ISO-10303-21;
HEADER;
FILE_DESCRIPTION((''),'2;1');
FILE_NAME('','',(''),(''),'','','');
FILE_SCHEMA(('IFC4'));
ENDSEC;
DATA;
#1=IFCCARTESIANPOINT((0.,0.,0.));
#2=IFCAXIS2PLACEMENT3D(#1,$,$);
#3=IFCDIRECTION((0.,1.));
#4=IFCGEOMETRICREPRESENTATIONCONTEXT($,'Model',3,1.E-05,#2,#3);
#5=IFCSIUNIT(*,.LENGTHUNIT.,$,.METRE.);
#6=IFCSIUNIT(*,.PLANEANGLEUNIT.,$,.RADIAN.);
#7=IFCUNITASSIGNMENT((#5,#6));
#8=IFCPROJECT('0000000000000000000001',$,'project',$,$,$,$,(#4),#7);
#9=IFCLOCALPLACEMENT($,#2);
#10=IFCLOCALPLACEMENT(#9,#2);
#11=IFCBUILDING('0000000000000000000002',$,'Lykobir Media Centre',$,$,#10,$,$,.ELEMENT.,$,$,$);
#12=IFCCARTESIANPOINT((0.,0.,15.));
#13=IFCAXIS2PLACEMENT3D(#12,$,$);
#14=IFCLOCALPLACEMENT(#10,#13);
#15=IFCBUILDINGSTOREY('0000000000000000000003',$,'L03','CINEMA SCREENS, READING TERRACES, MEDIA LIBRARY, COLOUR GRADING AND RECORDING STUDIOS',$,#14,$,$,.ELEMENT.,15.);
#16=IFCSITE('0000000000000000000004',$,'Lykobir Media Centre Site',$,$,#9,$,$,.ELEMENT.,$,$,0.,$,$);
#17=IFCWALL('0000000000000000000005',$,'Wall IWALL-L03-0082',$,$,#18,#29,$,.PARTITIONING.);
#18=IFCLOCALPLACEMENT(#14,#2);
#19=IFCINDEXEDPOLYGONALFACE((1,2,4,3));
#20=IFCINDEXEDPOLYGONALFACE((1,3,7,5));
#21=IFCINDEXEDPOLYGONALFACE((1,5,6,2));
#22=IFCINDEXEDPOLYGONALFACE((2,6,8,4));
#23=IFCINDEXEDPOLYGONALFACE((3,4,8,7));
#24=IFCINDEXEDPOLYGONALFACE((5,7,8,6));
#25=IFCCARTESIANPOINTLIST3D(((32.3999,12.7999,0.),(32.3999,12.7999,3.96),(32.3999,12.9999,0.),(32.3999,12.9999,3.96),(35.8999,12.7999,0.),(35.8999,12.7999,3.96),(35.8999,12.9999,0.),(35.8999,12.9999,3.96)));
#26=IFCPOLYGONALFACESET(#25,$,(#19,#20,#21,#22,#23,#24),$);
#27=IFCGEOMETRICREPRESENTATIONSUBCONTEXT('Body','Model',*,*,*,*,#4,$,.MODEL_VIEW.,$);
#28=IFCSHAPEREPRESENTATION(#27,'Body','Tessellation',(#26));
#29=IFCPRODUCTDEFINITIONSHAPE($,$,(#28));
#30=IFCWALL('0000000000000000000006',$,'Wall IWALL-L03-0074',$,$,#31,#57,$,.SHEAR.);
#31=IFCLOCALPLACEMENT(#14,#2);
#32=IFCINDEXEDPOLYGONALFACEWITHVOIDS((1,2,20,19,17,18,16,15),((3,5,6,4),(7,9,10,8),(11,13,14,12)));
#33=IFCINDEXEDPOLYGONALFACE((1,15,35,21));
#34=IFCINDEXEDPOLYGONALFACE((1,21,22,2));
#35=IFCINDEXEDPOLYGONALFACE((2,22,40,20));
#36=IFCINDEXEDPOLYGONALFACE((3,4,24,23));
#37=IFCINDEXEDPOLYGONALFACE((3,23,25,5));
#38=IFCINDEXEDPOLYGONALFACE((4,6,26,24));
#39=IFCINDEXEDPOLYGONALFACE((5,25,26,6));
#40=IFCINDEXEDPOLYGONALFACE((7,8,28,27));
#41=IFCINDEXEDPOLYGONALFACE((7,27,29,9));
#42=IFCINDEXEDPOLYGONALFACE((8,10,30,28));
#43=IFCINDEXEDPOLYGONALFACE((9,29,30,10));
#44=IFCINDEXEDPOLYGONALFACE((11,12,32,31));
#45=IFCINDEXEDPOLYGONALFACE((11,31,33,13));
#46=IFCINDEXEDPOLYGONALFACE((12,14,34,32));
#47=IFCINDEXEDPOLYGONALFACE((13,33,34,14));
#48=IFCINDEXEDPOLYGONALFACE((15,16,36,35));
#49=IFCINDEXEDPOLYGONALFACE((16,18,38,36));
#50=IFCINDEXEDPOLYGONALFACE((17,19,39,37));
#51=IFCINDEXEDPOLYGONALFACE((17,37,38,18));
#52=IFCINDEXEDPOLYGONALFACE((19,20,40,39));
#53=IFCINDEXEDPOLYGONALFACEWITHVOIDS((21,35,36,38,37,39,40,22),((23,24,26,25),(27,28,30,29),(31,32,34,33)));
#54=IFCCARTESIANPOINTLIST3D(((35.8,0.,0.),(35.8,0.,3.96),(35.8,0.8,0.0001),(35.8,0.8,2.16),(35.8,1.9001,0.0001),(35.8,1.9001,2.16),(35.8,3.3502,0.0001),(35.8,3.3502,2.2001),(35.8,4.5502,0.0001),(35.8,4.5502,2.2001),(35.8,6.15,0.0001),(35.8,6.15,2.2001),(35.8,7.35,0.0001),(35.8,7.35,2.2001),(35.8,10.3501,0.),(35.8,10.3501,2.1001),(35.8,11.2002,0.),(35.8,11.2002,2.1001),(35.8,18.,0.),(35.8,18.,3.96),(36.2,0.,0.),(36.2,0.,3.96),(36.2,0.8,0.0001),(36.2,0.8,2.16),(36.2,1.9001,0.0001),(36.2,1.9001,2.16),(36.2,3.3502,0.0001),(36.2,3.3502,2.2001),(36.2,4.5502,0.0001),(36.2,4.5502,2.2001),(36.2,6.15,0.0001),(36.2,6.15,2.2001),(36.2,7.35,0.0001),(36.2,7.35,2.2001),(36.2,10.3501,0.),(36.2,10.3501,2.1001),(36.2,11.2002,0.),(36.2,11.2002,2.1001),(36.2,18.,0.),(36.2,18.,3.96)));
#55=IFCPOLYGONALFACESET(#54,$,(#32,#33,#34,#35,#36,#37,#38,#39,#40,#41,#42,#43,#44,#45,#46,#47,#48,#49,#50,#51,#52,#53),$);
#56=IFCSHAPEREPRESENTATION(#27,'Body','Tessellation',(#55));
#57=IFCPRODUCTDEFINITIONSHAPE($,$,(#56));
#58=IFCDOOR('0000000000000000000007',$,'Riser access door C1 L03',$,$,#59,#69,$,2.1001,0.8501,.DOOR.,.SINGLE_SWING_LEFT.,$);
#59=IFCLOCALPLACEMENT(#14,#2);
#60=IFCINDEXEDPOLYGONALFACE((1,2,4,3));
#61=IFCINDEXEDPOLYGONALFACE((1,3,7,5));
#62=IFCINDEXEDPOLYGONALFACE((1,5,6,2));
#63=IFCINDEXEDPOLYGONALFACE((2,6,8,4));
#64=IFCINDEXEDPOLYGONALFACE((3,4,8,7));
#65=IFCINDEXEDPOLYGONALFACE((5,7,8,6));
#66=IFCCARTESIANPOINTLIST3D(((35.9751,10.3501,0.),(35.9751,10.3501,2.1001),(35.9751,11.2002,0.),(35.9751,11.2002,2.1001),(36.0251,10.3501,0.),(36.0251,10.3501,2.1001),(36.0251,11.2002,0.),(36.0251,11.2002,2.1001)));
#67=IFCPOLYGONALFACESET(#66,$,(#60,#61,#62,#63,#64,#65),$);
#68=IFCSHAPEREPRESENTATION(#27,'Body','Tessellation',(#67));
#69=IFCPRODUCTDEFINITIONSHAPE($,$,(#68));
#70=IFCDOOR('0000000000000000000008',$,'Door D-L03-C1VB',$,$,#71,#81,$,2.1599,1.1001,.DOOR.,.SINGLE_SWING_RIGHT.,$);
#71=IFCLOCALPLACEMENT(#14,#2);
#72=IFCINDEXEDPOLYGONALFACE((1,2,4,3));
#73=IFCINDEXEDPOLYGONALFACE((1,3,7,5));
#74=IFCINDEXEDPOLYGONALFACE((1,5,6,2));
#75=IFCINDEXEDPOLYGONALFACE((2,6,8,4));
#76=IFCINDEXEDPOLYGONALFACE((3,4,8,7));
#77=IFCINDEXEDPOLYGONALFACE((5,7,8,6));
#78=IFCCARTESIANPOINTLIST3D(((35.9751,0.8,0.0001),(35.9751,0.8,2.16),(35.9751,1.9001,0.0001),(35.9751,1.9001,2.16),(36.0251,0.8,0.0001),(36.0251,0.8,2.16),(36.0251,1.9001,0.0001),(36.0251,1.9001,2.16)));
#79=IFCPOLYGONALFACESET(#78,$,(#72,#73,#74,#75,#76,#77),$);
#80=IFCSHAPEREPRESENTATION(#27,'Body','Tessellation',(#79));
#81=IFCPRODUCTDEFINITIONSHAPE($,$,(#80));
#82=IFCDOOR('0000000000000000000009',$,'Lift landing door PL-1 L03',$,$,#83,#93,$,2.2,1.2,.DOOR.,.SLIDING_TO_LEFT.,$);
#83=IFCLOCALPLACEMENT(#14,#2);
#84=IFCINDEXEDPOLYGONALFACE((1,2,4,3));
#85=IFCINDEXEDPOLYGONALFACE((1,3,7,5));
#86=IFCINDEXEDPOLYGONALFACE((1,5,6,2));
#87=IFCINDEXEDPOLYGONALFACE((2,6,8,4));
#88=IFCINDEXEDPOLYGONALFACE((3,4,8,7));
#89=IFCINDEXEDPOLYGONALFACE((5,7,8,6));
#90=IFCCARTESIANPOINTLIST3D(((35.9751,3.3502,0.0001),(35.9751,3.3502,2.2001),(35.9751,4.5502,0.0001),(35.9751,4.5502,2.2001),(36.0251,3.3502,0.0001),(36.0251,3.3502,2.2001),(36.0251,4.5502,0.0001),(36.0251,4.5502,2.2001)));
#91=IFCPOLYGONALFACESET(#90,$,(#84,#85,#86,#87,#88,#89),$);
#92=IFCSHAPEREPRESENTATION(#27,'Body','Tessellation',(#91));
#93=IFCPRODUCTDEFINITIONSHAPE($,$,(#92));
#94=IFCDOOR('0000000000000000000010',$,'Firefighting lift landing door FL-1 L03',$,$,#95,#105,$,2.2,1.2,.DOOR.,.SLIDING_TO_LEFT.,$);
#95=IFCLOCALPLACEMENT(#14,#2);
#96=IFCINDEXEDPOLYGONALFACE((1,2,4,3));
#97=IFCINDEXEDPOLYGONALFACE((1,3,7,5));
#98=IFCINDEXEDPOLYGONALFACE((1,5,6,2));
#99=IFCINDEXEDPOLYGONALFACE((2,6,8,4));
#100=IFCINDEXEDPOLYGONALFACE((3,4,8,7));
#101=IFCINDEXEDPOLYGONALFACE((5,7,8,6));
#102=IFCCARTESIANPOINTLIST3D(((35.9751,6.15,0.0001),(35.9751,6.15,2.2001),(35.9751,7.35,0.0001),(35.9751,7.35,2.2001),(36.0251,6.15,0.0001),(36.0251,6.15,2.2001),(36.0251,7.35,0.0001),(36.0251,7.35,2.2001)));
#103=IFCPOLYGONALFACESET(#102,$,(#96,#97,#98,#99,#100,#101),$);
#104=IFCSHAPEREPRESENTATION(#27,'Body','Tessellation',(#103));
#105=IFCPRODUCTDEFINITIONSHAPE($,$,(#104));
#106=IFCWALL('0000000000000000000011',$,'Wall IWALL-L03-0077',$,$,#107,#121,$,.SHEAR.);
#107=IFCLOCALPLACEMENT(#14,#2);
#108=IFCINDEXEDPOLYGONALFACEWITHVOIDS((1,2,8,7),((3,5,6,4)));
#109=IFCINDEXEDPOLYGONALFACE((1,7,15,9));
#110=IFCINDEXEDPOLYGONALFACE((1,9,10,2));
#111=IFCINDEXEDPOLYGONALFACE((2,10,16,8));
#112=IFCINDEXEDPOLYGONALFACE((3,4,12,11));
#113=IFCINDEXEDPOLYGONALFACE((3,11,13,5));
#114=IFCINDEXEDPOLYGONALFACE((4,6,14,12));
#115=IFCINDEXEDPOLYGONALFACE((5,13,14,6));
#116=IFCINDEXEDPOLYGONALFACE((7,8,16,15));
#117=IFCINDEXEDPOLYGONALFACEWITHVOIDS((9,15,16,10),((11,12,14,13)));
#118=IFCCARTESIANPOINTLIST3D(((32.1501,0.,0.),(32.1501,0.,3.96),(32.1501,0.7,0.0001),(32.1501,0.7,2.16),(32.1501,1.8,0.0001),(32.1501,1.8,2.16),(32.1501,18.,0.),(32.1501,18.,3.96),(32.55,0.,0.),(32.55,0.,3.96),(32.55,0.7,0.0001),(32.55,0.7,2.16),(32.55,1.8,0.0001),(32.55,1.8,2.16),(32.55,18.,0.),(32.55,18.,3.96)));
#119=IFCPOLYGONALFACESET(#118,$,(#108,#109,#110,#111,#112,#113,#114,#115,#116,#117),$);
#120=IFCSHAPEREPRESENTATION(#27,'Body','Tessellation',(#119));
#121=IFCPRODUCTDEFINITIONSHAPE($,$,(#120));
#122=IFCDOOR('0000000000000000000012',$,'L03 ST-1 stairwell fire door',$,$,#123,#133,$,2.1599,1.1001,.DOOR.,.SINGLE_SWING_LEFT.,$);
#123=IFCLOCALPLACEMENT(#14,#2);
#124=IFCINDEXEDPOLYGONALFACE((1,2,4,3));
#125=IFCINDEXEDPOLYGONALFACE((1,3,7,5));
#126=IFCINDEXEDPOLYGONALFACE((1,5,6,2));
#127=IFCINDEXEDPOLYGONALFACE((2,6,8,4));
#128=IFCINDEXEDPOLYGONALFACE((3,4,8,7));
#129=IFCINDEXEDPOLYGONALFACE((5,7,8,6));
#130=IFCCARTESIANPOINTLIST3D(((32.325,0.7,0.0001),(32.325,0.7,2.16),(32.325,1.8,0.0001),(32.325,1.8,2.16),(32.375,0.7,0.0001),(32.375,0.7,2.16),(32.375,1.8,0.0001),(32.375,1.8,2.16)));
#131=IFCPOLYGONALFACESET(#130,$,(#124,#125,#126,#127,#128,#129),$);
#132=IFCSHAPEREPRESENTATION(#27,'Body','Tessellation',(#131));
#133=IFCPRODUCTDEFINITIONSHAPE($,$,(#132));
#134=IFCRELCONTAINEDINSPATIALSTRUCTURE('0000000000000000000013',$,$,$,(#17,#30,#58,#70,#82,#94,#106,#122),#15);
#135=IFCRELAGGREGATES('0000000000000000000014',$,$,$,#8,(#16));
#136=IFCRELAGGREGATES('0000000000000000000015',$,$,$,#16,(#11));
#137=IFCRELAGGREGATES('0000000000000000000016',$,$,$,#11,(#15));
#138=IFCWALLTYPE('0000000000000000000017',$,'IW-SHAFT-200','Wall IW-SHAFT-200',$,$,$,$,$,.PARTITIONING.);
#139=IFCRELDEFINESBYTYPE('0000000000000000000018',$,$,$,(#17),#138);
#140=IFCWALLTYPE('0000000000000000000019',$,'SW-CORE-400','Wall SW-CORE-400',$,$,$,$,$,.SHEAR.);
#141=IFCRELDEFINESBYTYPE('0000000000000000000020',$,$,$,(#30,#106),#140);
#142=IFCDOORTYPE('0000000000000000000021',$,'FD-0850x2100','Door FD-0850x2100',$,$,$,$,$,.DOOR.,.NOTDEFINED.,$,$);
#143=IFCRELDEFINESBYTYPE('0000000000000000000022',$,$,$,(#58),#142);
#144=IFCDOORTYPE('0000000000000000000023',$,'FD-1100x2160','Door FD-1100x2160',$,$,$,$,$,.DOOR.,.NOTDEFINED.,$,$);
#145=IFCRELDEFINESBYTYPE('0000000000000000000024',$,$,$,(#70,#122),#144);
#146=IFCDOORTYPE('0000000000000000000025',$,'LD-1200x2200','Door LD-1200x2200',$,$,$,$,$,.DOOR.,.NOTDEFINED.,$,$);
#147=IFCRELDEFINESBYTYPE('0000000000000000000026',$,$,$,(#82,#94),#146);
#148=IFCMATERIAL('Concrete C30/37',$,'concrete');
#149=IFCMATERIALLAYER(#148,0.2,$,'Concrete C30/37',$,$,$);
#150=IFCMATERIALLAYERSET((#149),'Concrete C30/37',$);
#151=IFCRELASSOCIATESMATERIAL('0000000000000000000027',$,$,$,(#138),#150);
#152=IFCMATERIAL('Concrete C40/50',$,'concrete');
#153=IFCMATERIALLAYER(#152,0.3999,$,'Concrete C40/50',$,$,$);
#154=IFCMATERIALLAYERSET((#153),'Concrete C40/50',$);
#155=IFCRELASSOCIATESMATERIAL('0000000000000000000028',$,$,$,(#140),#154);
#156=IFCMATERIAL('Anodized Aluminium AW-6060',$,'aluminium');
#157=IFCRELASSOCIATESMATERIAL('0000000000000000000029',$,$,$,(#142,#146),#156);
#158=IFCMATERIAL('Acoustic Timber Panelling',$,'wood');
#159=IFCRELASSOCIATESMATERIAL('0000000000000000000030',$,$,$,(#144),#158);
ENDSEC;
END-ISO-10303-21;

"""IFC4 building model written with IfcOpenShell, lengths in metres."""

from ifc_helpers import new_model, si_unit, direction, frame, frame_2d, origin, place, context, subcontext, project, spatial, rectangle, extrude, material, layer, layer_set, type_object, element, fill, save


model = new_model("IFC4")

# Units and contexts
model_context = context("Model", 3, precision=1e-05, world=origin(), true_north=direction((0.0, 1.0)))
body_context = subcontext(model_context, "Body", "Model", "MODEL_VIEW")
ifc_project = project(units=[si_unit("LENGTHUNIT", "METRE"), si_unit("PLANEANGLEUNIT", "RADIAN")], contexts=[model_context])

# Site, building, storey
site_placement = place(None, origin())
site = spatial("IfcSite", under=ifc_project, at=site_placement, Name="Lykobir Media Centre Site", CompositionType="ELEMENT", RefElevation=0.0)
building_placement = place(site_placement, origin())
building = spatial("IfcBuilding", under=site, at=building_placement, Name="Lykobir Media Centre", CompositionType="ELEMENT")
storey_placement = place(building_placement, frame((0.0, 0.0, 15.0)))
storey = spatial("IfcBuildingStorey", under=building, at=storey_placement, Name="L03", Description="CINEMA SCREENS, READING TERRACES, MEDIA LIBRARY, COLOUR GRADING AND RECORDING STUDIOS", CompositionType="ELEMENT", Elevation=15.0)

# Shared definitions
ifc_material_1 = material(Name="Concrete C40/50", Category="concrete")

# Wall
ifc_material_2 = material(Name="Concrete C30/37", Category="concrete")
ifc_layer_1 = layer(ifc_material_2, 0.2, Name="Concrete C30/37")
ifc_layer_set_1 = layer_set([ifc_layer_1], Name="Concrete C30/37")
wall_type_1 = type_object("IfcWallType", Name="IW-SHAFT-200", Description="Wall IW-SHAFT-200", PredefinedType="PARTITIONING", material=ifc_layer_set_1)
for number, where, z_axis, x_axis, name in (
    (1, (32.3999, 12.8999, 0.0), (0.0, 0.0, 1.0), (1.0, 0.0, 0.0), "Wall IWALL-L03-0082"),
):
    element("IfcWall", number, at=place(storey_placement, frame(where, z_axis=z_axis, x_axis=x_axis)), inside=storey, type_object=wall_type_1, Name=name, PredefinedType="PARTITIONING", context=body_context, shape_type="SweptSolid", body=[
        extrude(rectangle(XDim=3.5, YDim=0.2, at=frame_2d((1.75, 0.0))), origin(), (0.0, 0.0, 1.0), 3.96),
    ])

# Wall, openings, doors
ifc_layer_2 = layer(ifc_material_1, 0.3999, Name="Concrete C40/50")
ifc_layer_set_2 = layer_set([ifc_layer_2], Name="Concrete C40/50")
wall_type_2 = type_object("IfcWallType", Name="SW-CORE-400", Description="Wall SW-CORE-400", PredefinedType="SHEAR", material=ifc_layer_set_2)
wall_1_placement = place(storey_placement, frame((36.0, 0.0, 0.0), z_axis=(0.0, 0.0, 1.0), x_axis=(0.0, 1.0, 0.0)))
wall_1 = element("IfcWall", 2, at=wall_1_placement, inside=storey, type_object=wall_type_2, Name="Wall IWALL-L03-0074", PredefinedType="SHEAR", context=body_context, shape_type="SweptSolid", body=[
    extrude(rectangle(XDim=18.0, YDim=0.3999, at=frame_2d((9.0, 0.0))), origin(), (0.0, 0.0, 1.0), 3.96),
])
opening_1_placement = place(wall_1_placement, frame((0.8, 0.0, 0.0)))
opening_1 = element("IfcOpeningElement", 3, at=opening_1_placement, cuts=wall_1, PredefinedType="OPENING", context=body_context, shape_type="SweptSolid", body=[
    extrude(rectangle(XDim=1.1001, YDim=2.1599, at=frame_2d((0.55, 1.0801))), frame((0.0, 0.21, 0.0), z_axis=(0.0, -1.0, 0.0), x_axis=(1.0, 0.0, 0.0)), (0.0, 0.0, 1.0), 0.4199),
])
opening_2_placement = place(wall_1_placement, frame((3.3501, 0.0, 0.0)))
opening_2 = element("IfcOpeningElement", 4, at=opening_2_placement, cuts=wall_1, PredefinedType="OPENING", context=body_context, shape_type="SweptSolid", body=[
    extrude(rectangle(XDim=1.2, YDim=2.2, at=frame_2d((0.6001, 1.1001))), frame((0.0, 0.21, 0.0), z_axis=(0.0, -1.0, 0.0), x_axis=(1.0, 0.0, 0.0)), (0.0, 0.0, 1.0), 0.4199),
])
opening_3_placement = place(wall_1_placement, frame((6.1499, 0.0, 0.0)))
opening_3 = element("IfcOpeningElement", 5, at=opening_3_placement, cuts=wall_1, PredefinedType="OPENING", context=body_context, shape_type="SweptSolid", body=[
    extrude(rectangle(XDim=1.2, YDim=2.2, at=frame_2d((0.6001, 1.1001))), frame((0.0, 0.21, 0.0), z_axis=(0.0, -1.0, 0.0), x_axis=(1.0, 0.0, 0.0)), (0.0, 0.0, 1.0), 0.4199),
])
opening_4_placement = place(wall_1_placement, frame((10.3501, 0.0, 0.0)))
opening_4 = element("IfcOpeningElement", 6, at=opening_4_placement, cuts=wall_1, PredefinedType="OPENING", context=body_context, shape_type="SweptSolid", body=[
    extrude(rectangle(XDim=0.8501, YDim=2.1001, at=frame_2d((0.425, 1.05))), frame((0.0, 0.21, 0.0), z_axis=(0.0, -1.0, 0.0), x_axis=(1.0, 0.0, 0.0)), (0.0, 0.0, 1.0), 0.4199),
])
ifc_material_3 = material(Name="Anodized Aluminium AW-6060", Category="aluminium")
door_type_1 = type_object("IfcDoorType", Name="FD-0850x2100", Description="Door FD-0850x2100", OperationType="NOTDEFINED", PredefinedType="DOOR", material=ifc_material_3)
door_1_placement = place(opening_4_placement, origin())
door_1 = element("IfcDoor", 7, at=door_1_placement, inside=storey, type_object=door_type_1, Name="Riser access door C1 L03", OperationType="SINGLE_SWING_LEFT", OverallHeight=2.1001, OverallWidth=0.8501, PredefinedType="DOOR", context=body_context, shape_type="SweptSolid", body=[
    extrude(rectangle(XDim=0.8501, YDim=2.1001, at=frame_2d((0.425, 1.05))), frame((0.0, 0.0249, 0.0), z_axis=(0.0, -1.0, 0.0), x_axis=(1.0, 0.0, 0.0)), (0.0, 0.0, 1.0), 0.05),
])
fill(opening_4, door_1)
ifc_material_4 = material(Name="Acoustic Timber Panelling", Category="wood")
door_type_2 = type_object("IfcDoorType", Name="FD-1100x2160", Description="Door FD-1100x2160", OperationType="NOTDEFINED", PredefinedType="DOOR", material=ifc_material_4)
door_2_placement = place(opening_1_placement, origin())
door_2 = element("IfcDoor", 8, at=door_2_placement, inside=storey, type_object=door_type_2, Name="Door D-L03-C1VB", OperationType="SINGLE_SWING_RIGHT", OverallHeight=2.1599, OverallWidth=1.1001, PredefinedType="DOOR", context=body_context, shape_type="SweptSolid", body=[
    extrude(rectangle(XDim=1.1001, YDim=2.1599, at=frame_2d((0.55, 1.0801))), frame((0.0, 0.0249, 0.0), z_axis=(0.0, -1.0, 0.0), x_axis=(1.0, 0.0, 0.0)), (0.0, 0.0, 1.0), 0.05),
])
fill(opening_1, door_2)
door_type_3 = type_object("IfcDoorType", Name="LD-1200x2200", Description="Door LD-1200x2200", OperationType="NOTDEFINED", PredefinedType="DOOR", material=ifc_material_3)
door_3_placement = place(opening_2_placement, origin())
door_3 = element("IfcDoor", 9, at=door_3_placement, inside=storey, type_object=door_type_3, Name="Lift landing door PL-1 L03", OperationType="SLIDING_TO_LEFT", OverallHeight=2.2, OverallWidth=1.2, PredefinedType="DOOR", context=body_context, shape_type="SweptSolid", body=[
    extrude(rectangle(XDim=1.2, YDim=2.2, at=frame_2d((0.6001, 1.1001))), frame((0.0, 0.0249, 0.0), z_axis=(0.0, -1.0, 0.0), x_axis=(1.0, 0.0, 0.0)), (0.0, 0.0, 1.0), 0.05),
])
fill(opening_2, door_3)
door_4_placement = place(opening_3_placement, origin())
door_4 = element("IfcDoor", 10, at=door_4_placement, inside=storey, type_object=door_type_3, Name="Firefighting lift landing door FL-1 L03", OperationType="SLIDING_TO_LEFT", OverallHeight=2.2, OverallWidth=1.2, PredefinedType="DOOR", context=body_context, shape_type="SweptSolid", body=[
    extrude(rectangle(XDim=1.2, YDim=2.2, at=frame_2d((0.6001, 1.1001))), frame((0.0, 0.0249, 0.0), z_axis=(0.0, -1.0, 0.0), x_axis=(1.0, 0.0, 0.0)), (0.0, 0.0, 1.0), 0.05),
])
fill(opening_3, door_4)

# Wall, opening, door
wall_2_placement = place(storey_placement, frame((32.3501, 0.0, 0.0), z_axis=(0.0, 0.0, 1.0), x_axis=(0.0, 1.0, 0.0)))
wall_2 = element("IfcWall", 11, at=wall_2_placement, inside=storey, type_object=wall_type_2, Name="Wall IWALL-L03-0077", PredefinedType="SHEAR", context=body_context, shape_type="SweptSolid", body=[
    extrude(rectangle(XDim=18.0, YDim=0.3999, at=frame_2d((9.0, 0.0))), origin(), (0.0, 0.0, 1.0), 3.96),
])
opening_5_placement = place(wall_2_placement, frame((0.7, 0.0, 0.0)))
opening_5 = element("IfcOpeningElement", 12, at=opening_5_placement, cuts=wall_2, PredefinedType="OPENING", context=body_context, shape_type="SweptSolid", body=[
    extrude(rectangle(XDim=1.1001, YDim=2.1599, at=frame_2d((0.55, 1.0801))), frame((0.0, 0.21, 0.0), z_axis=(0.0, -1.0, 0.0), x_axis=(1.0, 0.0, 0.0)), (0.0, 0.0, 1.0), 0.4199),
])
door_5_placement = place(opening_5_placement, frame((1.1001, 0.0, 0.0), z_axis=(0.0, 0.0, 1.0), x_axis=(-1.0, 0.0, 0.0)))
door_5 = element("IfcDoor", 13, at=door_5_placement, inside=storey, type_object=door_type_2, Name="L03 ST-1 stairwell fire door", OperationType="SINGLE_SWING_LEFT", OverallHeight=2.1599, OverallWidth=1.1001, PredefinedType="DOOR", context=body_context, shape_type="SweptSolid", body=[
    extrude(rectangle(XDim=1.1001, YDim=2.1599, at=frame_2d((0.55, 1.0801))), frame((0.0, 0.0249, 0.0), z_axis=(0.0, -1.0, 0.0), x_axis=(1.0, 0.0, 0.0)), (0.0, 0.0, 1.0), 0.05),
])
fill(opening_5, door_5)

save(model, "model.ifc")
